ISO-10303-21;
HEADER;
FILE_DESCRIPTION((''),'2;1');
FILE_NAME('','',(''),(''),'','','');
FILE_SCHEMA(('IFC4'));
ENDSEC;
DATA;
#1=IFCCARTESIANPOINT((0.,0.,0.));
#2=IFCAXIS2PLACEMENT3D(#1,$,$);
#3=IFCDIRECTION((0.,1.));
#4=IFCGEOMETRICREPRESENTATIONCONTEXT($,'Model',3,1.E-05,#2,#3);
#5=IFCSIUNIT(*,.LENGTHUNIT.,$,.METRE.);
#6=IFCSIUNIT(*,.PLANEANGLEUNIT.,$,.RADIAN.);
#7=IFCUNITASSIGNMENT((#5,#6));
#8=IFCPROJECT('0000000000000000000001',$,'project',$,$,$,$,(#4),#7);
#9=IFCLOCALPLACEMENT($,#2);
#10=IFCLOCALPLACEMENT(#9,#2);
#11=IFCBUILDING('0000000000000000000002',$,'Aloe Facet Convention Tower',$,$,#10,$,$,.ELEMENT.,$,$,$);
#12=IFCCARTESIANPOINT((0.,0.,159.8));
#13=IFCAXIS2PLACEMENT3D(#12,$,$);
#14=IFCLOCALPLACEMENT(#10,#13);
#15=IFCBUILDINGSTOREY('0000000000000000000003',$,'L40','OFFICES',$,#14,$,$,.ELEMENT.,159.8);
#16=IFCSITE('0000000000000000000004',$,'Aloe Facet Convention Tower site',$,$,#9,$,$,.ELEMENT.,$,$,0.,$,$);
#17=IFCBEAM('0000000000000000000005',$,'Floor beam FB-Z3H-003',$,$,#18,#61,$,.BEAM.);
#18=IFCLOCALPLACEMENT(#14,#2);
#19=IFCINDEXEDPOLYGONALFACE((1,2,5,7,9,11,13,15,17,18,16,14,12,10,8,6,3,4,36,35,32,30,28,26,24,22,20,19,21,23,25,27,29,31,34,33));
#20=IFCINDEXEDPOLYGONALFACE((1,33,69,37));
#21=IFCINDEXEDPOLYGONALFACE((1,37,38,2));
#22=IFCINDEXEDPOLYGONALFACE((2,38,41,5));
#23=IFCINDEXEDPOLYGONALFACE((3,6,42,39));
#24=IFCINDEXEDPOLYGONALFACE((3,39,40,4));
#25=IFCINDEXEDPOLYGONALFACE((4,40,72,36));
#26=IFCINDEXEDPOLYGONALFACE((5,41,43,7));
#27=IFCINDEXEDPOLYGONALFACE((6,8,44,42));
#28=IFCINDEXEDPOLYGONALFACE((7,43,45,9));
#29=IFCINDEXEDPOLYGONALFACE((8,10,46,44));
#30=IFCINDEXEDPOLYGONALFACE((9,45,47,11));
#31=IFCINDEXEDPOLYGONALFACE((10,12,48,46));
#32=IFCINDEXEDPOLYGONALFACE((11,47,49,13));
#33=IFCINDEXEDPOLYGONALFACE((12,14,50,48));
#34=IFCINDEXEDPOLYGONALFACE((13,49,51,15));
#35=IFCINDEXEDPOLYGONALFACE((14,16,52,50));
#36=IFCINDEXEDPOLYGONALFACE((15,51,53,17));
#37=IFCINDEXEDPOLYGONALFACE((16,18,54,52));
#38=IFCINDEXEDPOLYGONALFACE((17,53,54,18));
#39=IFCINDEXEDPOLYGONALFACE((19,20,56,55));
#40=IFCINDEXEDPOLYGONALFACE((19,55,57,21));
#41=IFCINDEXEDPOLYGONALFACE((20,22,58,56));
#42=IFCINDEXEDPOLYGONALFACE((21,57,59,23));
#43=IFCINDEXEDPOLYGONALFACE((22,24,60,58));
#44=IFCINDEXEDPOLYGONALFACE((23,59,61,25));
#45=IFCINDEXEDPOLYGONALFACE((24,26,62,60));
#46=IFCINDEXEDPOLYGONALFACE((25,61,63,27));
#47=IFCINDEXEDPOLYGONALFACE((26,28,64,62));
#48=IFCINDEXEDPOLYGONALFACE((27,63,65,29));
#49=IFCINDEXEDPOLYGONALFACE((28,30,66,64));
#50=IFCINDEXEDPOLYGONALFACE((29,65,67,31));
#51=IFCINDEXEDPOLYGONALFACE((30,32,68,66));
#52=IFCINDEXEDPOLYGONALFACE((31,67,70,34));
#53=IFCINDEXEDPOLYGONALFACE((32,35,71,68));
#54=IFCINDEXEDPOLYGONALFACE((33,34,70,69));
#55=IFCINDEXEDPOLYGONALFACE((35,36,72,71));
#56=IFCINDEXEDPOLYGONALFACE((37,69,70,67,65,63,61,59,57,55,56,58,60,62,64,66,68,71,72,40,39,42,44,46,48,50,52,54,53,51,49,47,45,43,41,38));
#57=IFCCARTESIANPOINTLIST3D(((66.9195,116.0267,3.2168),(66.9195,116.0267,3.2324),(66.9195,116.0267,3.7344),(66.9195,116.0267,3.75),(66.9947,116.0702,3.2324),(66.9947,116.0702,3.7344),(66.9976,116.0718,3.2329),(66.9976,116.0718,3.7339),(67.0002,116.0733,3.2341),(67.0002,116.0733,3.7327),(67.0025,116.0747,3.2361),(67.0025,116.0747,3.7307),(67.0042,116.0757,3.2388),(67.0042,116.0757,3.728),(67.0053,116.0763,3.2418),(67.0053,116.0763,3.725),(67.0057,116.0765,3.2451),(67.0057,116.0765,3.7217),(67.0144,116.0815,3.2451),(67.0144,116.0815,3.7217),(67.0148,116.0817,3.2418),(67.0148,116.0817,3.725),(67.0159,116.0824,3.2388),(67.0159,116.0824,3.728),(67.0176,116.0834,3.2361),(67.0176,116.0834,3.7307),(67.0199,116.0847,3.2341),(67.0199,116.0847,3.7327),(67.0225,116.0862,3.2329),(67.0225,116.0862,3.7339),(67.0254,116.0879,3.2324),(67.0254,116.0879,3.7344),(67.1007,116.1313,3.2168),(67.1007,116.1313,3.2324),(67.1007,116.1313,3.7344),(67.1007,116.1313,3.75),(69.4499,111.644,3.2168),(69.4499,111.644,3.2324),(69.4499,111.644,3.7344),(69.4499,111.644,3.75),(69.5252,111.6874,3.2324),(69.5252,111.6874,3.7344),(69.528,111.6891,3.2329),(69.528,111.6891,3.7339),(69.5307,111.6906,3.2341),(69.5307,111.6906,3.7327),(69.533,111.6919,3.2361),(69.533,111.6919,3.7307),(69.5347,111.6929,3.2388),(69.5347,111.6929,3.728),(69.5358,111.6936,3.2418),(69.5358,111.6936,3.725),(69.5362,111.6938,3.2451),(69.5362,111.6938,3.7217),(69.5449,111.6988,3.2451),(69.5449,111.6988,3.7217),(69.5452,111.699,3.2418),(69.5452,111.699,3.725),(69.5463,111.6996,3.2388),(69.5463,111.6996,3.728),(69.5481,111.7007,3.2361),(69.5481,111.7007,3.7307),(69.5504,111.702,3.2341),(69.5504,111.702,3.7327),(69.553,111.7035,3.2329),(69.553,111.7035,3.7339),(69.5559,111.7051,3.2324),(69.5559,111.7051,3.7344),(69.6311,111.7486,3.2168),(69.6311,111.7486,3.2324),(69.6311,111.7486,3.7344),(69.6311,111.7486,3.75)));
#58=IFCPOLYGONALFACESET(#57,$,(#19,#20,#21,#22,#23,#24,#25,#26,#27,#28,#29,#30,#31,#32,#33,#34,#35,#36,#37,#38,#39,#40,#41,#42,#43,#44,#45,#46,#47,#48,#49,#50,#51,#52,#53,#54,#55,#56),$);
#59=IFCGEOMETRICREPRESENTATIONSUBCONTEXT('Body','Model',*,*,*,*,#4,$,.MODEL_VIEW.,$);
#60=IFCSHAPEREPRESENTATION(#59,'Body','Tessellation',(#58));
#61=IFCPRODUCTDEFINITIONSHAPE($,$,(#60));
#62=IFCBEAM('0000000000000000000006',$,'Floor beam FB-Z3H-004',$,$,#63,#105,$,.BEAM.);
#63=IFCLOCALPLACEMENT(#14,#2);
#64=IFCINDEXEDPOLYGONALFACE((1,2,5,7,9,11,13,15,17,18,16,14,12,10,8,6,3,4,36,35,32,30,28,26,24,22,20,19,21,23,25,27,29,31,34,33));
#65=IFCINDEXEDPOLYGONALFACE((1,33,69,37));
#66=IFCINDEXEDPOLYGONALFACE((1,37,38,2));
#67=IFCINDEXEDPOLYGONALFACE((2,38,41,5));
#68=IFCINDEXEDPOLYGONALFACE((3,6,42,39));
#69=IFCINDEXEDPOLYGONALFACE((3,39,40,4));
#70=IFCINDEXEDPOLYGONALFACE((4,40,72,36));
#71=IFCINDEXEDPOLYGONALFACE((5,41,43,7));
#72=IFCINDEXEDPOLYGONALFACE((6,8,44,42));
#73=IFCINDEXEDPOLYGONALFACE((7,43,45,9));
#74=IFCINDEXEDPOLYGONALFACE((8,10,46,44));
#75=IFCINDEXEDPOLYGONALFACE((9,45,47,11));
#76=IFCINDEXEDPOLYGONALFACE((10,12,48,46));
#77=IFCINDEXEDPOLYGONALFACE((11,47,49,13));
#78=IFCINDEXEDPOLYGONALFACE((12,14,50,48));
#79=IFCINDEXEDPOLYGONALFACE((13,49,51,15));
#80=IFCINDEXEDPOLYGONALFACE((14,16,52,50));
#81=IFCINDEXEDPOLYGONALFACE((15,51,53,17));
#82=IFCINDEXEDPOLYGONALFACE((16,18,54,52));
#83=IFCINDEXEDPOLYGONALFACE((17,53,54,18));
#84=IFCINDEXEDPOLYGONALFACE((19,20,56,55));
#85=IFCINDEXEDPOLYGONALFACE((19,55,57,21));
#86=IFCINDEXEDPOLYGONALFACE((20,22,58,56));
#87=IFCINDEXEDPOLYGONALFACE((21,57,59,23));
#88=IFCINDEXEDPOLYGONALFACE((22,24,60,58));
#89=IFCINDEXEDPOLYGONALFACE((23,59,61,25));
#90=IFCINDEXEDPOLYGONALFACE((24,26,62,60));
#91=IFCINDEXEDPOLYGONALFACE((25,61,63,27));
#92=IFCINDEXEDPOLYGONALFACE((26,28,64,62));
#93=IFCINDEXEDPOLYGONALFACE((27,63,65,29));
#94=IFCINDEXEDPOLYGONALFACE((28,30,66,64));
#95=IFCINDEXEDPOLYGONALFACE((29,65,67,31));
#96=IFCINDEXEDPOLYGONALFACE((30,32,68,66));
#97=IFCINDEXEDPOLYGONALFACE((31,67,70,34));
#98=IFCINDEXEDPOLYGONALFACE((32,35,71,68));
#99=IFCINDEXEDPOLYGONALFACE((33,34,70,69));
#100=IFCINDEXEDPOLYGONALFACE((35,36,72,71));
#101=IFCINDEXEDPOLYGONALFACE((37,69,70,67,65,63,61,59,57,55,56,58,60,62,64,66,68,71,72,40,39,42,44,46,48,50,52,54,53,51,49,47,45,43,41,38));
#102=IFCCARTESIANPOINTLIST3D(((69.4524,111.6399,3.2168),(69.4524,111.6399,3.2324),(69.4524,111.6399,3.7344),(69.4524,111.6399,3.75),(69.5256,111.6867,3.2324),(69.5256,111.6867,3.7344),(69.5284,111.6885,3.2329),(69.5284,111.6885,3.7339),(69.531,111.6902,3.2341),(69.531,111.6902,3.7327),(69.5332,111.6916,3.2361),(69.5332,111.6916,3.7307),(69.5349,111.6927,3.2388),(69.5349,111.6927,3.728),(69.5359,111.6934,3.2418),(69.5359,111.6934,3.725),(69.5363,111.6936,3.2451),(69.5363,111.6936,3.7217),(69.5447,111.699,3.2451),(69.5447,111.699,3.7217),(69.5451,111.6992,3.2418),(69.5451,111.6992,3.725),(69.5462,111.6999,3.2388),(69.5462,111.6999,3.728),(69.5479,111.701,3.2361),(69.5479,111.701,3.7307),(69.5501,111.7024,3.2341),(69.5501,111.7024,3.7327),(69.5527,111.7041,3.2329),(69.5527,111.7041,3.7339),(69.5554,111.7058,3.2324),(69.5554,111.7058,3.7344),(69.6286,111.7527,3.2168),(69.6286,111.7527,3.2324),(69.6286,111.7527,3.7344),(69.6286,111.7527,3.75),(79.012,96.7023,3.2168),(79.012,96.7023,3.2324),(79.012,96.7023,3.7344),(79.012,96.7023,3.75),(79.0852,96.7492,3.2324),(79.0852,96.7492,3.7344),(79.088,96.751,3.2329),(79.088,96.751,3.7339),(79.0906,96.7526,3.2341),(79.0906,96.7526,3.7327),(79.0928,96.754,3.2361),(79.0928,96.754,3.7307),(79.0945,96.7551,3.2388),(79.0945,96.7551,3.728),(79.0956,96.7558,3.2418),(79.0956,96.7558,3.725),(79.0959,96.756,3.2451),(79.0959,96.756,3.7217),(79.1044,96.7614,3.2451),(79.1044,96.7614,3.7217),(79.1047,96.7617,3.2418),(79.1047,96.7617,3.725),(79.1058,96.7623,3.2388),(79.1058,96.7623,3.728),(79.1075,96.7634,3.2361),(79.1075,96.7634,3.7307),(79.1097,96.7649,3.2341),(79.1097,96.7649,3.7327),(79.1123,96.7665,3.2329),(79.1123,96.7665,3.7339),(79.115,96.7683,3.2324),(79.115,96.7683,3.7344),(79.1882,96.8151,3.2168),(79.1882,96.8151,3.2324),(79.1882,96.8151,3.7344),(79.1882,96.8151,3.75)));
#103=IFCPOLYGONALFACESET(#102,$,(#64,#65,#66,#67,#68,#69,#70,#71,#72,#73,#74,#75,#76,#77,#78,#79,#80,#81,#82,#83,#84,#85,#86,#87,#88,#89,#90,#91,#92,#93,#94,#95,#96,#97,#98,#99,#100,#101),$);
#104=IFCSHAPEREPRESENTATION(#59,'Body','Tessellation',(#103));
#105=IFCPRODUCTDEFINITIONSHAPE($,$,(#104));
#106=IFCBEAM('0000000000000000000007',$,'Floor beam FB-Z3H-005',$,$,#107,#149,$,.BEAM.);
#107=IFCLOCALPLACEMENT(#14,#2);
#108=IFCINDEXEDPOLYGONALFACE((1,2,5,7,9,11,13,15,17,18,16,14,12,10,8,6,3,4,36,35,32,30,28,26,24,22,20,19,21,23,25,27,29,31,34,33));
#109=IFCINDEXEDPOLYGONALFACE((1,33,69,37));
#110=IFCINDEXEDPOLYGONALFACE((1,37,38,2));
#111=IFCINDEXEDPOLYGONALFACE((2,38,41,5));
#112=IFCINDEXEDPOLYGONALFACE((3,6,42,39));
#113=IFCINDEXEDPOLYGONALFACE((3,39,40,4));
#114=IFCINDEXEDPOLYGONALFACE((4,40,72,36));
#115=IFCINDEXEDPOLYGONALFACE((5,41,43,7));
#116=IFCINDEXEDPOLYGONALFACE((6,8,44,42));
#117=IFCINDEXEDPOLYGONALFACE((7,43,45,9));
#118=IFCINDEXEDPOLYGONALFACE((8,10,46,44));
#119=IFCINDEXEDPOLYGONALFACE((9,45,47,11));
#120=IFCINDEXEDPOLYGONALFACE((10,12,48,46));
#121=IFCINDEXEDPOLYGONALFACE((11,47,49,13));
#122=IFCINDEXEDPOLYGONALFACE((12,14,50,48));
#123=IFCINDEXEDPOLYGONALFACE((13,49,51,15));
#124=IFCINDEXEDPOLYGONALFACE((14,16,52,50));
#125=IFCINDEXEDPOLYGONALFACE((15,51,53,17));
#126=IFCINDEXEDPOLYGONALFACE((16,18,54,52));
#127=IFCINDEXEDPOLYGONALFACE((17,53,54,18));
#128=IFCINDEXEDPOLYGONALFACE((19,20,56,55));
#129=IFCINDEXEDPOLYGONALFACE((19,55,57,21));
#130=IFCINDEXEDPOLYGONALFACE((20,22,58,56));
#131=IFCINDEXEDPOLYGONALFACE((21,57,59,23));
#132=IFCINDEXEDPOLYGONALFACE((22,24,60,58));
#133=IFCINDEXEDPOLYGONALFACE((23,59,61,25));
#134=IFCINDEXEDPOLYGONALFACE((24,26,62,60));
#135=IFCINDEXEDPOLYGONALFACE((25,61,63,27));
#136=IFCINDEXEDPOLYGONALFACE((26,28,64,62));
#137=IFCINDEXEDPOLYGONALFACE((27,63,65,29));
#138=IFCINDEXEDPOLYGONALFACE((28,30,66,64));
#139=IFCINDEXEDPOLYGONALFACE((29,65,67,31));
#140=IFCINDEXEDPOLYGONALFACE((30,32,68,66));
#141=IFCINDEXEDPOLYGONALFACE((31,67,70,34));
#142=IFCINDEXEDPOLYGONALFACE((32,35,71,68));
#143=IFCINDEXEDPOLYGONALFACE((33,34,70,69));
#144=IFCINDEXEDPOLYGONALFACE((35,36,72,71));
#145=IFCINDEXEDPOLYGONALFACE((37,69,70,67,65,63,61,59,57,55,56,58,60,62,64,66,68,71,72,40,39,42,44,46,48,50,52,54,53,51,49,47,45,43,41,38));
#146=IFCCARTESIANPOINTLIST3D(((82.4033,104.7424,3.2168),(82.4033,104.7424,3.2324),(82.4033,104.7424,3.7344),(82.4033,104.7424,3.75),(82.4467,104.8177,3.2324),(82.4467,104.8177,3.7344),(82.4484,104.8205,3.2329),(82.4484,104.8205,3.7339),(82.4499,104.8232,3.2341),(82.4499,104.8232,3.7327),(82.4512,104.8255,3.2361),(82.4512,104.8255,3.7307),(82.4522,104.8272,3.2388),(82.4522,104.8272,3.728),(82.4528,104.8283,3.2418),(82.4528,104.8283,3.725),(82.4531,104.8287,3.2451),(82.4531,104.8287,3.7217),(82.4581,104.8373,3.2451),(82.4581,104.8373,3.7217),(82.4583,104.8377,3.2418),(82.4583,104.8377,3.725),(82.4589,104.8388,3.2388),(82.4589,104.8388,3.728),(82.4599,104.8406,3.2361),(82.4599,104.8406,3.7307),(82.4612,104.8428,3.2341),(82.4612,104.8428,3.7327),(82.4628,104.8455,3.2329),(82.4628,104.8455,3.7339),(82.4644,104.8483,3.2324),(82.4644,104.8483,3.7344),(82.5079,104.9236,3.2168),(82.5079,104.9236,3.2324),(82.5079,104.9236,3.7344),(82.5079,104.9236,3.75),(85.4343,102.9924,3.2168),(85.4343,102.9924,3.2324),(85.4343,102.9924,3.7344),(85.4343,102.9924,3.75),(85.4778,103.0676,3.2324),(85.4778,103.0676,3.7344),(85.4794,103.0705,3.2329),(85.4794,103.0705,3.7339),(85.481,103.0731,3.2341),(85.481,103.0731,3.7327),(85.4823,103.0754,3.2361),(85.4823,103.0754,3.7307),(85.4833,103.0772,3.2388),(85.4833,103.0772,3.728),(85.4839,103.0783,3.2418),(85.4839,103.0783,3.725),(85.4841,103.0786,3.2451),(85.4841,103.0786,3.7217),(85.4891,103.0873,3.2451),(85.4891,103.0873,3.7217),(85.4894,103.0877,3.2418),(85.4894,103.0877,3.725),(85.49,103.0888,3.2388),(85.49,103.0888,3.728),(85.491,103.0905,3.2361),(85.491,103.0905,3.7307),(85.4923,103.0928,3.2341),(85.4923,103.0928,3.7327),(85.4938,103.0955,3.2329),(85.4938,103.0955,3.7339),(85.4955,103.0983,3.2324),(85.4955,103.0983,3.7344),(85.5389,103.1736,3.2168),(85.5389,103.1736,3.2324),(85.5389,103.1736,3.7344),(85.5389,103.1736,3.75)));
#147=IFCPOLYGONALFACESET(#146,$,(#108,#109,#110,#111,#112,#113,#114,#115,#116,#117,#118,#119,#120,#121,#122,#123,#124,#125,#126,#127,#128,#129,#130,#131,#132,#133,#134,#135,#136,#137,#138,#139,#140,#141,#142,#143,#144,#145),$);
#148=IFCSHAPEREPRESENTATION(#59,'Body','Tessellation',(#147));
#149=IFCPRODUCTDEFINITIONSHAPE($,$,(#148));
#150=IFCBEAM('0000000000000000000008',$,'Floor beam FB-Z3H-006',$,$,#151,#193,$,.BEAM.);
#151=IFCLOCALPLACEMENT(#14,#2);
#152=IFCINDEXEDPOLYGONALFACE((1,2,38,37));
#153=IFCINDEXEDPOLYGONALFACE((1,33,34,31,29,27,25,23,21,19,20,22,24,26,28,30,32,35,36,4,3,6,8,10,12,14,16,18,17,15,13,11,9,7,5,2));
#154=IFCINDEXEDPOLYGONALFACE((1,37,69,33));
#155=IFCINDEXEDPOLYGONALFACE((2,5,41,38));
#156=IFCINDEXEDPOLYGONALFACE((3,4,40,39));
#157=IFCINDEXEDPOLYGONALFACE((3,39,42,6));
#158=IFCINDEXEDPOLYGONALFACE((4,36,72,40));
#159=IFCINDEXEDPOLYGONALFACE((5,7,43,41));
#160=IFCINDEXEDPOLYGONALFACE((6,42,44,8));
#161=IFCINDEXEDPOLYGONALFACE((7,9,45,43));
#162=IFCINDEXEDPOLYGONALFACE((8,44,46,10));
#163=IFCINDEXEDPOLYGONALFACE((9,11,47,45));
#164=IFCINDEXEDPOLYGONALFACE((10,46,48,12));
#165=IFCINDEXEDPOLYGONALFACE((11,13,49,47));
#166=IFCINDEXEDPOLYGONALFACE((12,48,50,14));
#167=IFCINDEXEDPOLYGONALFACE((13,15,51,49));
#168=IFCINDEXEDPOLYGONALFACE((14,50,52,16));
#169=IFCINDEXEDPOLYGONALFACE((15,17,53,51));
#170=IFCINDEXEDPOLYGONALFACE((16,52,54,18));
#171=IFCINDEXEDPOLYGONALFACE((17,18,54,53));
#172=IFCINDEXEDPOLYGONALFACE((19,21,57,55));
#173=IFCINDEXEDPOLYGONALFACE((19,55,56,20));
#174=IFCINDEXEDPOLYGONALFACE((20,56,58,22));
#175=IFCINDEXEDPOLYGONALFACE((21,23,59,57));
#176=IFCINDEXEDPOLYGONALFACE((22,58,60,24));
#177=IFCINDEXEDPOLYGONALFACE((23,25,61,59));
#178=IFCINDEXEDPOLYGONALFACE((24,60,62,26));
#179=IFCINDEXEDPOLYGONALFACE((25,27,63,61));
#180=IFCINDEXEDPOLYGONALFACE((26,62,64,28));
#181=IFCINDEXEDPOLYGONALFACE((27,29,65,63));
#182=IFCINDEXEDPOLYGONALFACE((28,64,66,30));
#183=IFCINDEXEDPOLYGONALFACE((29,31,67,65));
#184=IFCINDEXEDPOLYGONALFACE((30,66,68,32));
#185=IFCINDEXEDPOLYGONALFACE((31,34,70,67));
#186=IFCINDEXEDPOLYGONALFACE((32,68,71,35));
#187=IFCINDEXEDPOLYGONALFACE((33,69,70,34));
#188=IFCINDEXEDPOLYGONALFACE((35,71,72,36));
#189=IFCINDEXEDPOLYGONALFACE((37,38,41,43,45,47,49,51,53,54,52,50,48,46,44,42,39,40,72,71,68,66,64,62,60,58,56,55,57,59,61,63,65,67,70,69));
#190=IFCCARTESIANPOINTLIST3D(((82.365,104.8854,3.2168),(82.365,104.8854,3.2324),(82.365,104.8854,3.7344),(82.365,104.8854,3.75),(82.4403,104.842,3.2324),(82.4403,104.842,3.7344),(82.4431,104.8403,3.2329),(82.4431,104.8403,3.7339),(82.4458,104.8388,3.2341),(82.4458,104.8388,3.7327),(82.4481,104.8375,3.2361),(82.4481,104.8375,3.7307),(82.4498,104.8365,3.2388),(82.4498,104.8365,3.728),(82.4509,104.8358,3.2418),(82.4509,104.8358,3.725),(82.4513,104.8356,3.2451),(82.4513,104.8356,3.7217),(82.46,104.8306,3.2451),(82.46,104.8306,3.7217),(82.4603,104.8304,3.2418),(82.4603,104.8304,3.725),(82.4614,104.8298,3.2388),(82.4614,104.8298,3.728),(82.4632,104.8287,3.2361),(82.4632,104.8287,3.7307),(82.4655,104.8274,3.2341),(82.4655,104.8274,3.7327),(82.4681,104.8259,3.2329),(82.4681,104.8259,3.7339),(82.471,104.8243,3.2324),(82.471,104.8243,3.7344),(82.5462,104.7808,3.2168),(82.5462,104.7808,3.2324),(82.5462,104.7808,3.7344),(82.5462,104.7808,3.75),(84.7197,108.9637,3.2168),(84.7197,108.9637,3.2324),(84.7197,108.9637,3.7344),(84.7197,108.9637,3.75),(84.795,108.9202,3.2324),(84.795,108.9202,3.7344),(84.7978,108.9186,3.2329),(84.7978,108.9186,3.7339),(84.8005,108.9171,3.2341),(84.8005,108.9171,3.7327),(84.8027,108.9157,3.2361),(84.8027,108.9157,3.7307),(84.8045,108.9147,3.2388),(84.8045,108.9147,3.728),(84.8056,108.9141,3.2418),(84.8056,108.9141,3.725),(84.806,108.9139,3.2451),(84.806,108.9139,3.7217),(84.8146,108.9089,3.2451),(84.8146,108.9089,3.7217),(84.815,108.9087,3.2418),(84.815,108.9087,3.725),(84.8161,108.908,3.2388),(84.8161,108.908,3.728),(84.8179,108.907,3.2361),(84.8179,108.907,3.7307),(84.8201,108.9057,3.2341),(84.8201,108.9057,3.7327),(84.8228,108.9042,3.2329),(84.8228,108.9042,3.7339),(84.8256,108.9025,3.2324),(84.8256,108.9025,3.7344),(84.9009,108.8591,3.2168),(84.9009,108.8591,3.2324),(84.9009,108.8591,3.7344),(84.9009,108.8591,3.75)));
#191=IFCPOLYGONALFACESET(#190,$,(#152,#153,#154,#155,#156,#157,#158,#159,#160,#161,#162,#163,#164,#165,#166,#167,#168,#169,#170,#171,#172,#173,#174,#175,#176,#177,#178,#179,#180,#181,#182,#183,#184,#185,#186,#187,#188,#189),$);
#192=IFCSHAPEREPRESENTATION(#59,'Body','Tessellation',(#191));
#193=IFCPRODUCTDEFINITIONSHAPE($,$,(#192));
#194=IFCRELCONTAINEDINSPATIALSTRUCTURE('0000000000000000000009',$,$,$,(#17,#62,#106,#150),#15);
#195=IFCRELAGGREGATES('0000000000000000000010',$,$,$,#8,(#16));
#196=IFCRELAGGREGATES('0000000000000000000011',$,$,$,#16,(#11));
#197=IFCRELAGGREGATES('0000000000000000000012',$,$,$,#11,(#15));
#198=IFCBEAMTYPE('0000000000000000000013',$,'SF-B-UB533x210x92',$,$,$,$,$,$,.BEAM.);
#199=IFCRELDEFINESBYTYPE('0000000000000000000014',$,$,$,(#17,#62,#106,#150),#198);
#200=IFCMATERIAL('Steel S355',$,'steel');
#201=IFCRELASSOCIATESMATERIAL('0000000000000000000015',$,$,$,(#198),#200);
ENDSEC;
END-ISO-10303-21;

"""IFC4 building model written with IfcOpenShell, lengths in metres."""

from ifc_helpers import new_model, si_unit, direction, frame, origin, origin_2d, place, context, subcontext, project, spatial, i_section, extrude, material, material_profile, profile_set, type_object, element, save


model = new_model("IFC4")

# Units and contexts
model_context = context("Model", 3, precision=1e-05, world=origin(), true_north=direction((0.0, 1.0)))
body_context = subcontext(model_context, "Body", "Model", "MODEL_VIEW")
ifc_project = project(units=[si_unit("LENGTHUNIT", "METRE"), si_unit("PLANEANGLEUNIT", "RADIAN")], contexts=[model_context])

# Site, building, storey
site_placement = place(None, origin())
site = spatial("IfcSite", under=ifc_project, at=site_placement, Name="Aloe Facet Convention Tower site", CompositionType="ELEMENT", RefElevation=0.0)
building_placement = place(site_placement, origin())
building = spatial("IfcBuilding", under=site, at=building_placement, Name="Aloe Facet Convention Tower", CompositionType="ELEMENT")
storey_placement = place(building_placement, frame((0.0, 0.0, 159.8)))
storey = spatial("IfcBuildingStorey", under=building, at=storey_placement, Name="L40", Description="OFFICES", CompositionType="ELEMENT", Elevation=159.8)

# Beams
ifc_material_1 = material(Name="Steel S355", Category="steel")
ifc_material_profile_1 = material_profile(ifc_material_1, i_section(OverallWidth=0.2092, OverallDepth=0.5332, WebThickness=0.01, FlangeThickness=0.0156, FilletRadius=0.0127, at=origin_2d()), Name="UB 533x210x92")
ifc_profile_set_1 = profile_set([ifc_material_profile_1], Name="Steel S355")
beam_type_1 = type_object("IfcBeamType", Name="SF-B-UB533x210x92", PredefinedType="BEAM", material=ifc_profile_set_1)
beam_1_placement = place(storey_placement, frame((69.5405, 111.6963, 3.4834), z_axis=(-0.500015, 0.866017, 0.0), x_axis=(-0.866017, -0.500015, 0.0)))
element("IfcBeam", 1, at=beam_1_placement, inside=storey, type_object=beam_type_1, Name="Floor beam FB-Z3H-003", PredefinedType="BEAM", context=body_context, shape_type="SweptSolid", body=[
    extrude(i_section(OverallWidth=0.2092, OverallDepth=0.5332, WebThickness=0.01, FlangeThickness=0.0156, FilletRadius=0.0127, at=origin_2d()), origin(), (0.0, 0.0, 1.0), 5.0608),
])
beam_2_placement = place(storey_placement, frame((69.5405, 111.6963, 3.4834), z_axis=(0.539037, -0.842282, 0.0), x_axis=(0.842282, 0.539037, 0.0)))
element("IfcBeam", 2, at=beam_2_placement, inside=storey, type_object=beam_type_1, Name="Floor beam FB-Z3H-004", PredefinedType="BEAM", context=body_context, shape_type="SweptSolid", body=[
    extrude(i_section(OverallWidth=0.2092, OverallDepth=0.5332, WebThickness=0.01, FlangeThickness=0.0156, FilletRadius=0.0127, at=origin_2d()), origin(), (0.0, 0.0, 1.0), 17.7346),
])
beam_3_placement = place(storey_placement, frame((82.4556, 104.833, 3.4834), z_axis=(0.866019, -0.50001, 0.0), x_axis=(0.50001, 0.866019, 0.0)))
element("IfcBeam", 3, at=beam_3_placement, inside=storey, type_object=beam_type_1, Name="Floor beam FB-Z3H-005", PredefinedType="BEAM", context=body_context, shape_type="SweptSolid", body=[
    extrude(i_section(OverallWidth=0.2092, OverallDepth=0.5332, WebThickness=0.01, FlangeThickness=0.0156, FilletRadius=0.0127, at=origin_2d()), origin(), (0.0, 0.0, 1.0), 3.5),
])
beam_4_placement = place(storey_placement, frame((84.8103, 108.9114, 3.4834), z_axis=(-0.500014, -0.866017, 0.0), x_axis=(0.866017, -0.500014, 0.0)))
element("IfcBeam", 4, at=beam_4_placement, inside=storey, type_object=beam_type_1, Name="Floor beam FB-Z3H-006", PredefinedType="BEAM", context=body_context, shape_type="SweptSolid", body=[
    extrude(i_section(OverallWidth=0.2092, OverallDepth=0.5332, WebThickness=0.01, FlangeThickness=0.0156, FilletRadius=0.0127, at=origin_2d()), origin(), (0.0, 0.0, 1.0), 4.7092),
])

save(model, "model.ifc")
